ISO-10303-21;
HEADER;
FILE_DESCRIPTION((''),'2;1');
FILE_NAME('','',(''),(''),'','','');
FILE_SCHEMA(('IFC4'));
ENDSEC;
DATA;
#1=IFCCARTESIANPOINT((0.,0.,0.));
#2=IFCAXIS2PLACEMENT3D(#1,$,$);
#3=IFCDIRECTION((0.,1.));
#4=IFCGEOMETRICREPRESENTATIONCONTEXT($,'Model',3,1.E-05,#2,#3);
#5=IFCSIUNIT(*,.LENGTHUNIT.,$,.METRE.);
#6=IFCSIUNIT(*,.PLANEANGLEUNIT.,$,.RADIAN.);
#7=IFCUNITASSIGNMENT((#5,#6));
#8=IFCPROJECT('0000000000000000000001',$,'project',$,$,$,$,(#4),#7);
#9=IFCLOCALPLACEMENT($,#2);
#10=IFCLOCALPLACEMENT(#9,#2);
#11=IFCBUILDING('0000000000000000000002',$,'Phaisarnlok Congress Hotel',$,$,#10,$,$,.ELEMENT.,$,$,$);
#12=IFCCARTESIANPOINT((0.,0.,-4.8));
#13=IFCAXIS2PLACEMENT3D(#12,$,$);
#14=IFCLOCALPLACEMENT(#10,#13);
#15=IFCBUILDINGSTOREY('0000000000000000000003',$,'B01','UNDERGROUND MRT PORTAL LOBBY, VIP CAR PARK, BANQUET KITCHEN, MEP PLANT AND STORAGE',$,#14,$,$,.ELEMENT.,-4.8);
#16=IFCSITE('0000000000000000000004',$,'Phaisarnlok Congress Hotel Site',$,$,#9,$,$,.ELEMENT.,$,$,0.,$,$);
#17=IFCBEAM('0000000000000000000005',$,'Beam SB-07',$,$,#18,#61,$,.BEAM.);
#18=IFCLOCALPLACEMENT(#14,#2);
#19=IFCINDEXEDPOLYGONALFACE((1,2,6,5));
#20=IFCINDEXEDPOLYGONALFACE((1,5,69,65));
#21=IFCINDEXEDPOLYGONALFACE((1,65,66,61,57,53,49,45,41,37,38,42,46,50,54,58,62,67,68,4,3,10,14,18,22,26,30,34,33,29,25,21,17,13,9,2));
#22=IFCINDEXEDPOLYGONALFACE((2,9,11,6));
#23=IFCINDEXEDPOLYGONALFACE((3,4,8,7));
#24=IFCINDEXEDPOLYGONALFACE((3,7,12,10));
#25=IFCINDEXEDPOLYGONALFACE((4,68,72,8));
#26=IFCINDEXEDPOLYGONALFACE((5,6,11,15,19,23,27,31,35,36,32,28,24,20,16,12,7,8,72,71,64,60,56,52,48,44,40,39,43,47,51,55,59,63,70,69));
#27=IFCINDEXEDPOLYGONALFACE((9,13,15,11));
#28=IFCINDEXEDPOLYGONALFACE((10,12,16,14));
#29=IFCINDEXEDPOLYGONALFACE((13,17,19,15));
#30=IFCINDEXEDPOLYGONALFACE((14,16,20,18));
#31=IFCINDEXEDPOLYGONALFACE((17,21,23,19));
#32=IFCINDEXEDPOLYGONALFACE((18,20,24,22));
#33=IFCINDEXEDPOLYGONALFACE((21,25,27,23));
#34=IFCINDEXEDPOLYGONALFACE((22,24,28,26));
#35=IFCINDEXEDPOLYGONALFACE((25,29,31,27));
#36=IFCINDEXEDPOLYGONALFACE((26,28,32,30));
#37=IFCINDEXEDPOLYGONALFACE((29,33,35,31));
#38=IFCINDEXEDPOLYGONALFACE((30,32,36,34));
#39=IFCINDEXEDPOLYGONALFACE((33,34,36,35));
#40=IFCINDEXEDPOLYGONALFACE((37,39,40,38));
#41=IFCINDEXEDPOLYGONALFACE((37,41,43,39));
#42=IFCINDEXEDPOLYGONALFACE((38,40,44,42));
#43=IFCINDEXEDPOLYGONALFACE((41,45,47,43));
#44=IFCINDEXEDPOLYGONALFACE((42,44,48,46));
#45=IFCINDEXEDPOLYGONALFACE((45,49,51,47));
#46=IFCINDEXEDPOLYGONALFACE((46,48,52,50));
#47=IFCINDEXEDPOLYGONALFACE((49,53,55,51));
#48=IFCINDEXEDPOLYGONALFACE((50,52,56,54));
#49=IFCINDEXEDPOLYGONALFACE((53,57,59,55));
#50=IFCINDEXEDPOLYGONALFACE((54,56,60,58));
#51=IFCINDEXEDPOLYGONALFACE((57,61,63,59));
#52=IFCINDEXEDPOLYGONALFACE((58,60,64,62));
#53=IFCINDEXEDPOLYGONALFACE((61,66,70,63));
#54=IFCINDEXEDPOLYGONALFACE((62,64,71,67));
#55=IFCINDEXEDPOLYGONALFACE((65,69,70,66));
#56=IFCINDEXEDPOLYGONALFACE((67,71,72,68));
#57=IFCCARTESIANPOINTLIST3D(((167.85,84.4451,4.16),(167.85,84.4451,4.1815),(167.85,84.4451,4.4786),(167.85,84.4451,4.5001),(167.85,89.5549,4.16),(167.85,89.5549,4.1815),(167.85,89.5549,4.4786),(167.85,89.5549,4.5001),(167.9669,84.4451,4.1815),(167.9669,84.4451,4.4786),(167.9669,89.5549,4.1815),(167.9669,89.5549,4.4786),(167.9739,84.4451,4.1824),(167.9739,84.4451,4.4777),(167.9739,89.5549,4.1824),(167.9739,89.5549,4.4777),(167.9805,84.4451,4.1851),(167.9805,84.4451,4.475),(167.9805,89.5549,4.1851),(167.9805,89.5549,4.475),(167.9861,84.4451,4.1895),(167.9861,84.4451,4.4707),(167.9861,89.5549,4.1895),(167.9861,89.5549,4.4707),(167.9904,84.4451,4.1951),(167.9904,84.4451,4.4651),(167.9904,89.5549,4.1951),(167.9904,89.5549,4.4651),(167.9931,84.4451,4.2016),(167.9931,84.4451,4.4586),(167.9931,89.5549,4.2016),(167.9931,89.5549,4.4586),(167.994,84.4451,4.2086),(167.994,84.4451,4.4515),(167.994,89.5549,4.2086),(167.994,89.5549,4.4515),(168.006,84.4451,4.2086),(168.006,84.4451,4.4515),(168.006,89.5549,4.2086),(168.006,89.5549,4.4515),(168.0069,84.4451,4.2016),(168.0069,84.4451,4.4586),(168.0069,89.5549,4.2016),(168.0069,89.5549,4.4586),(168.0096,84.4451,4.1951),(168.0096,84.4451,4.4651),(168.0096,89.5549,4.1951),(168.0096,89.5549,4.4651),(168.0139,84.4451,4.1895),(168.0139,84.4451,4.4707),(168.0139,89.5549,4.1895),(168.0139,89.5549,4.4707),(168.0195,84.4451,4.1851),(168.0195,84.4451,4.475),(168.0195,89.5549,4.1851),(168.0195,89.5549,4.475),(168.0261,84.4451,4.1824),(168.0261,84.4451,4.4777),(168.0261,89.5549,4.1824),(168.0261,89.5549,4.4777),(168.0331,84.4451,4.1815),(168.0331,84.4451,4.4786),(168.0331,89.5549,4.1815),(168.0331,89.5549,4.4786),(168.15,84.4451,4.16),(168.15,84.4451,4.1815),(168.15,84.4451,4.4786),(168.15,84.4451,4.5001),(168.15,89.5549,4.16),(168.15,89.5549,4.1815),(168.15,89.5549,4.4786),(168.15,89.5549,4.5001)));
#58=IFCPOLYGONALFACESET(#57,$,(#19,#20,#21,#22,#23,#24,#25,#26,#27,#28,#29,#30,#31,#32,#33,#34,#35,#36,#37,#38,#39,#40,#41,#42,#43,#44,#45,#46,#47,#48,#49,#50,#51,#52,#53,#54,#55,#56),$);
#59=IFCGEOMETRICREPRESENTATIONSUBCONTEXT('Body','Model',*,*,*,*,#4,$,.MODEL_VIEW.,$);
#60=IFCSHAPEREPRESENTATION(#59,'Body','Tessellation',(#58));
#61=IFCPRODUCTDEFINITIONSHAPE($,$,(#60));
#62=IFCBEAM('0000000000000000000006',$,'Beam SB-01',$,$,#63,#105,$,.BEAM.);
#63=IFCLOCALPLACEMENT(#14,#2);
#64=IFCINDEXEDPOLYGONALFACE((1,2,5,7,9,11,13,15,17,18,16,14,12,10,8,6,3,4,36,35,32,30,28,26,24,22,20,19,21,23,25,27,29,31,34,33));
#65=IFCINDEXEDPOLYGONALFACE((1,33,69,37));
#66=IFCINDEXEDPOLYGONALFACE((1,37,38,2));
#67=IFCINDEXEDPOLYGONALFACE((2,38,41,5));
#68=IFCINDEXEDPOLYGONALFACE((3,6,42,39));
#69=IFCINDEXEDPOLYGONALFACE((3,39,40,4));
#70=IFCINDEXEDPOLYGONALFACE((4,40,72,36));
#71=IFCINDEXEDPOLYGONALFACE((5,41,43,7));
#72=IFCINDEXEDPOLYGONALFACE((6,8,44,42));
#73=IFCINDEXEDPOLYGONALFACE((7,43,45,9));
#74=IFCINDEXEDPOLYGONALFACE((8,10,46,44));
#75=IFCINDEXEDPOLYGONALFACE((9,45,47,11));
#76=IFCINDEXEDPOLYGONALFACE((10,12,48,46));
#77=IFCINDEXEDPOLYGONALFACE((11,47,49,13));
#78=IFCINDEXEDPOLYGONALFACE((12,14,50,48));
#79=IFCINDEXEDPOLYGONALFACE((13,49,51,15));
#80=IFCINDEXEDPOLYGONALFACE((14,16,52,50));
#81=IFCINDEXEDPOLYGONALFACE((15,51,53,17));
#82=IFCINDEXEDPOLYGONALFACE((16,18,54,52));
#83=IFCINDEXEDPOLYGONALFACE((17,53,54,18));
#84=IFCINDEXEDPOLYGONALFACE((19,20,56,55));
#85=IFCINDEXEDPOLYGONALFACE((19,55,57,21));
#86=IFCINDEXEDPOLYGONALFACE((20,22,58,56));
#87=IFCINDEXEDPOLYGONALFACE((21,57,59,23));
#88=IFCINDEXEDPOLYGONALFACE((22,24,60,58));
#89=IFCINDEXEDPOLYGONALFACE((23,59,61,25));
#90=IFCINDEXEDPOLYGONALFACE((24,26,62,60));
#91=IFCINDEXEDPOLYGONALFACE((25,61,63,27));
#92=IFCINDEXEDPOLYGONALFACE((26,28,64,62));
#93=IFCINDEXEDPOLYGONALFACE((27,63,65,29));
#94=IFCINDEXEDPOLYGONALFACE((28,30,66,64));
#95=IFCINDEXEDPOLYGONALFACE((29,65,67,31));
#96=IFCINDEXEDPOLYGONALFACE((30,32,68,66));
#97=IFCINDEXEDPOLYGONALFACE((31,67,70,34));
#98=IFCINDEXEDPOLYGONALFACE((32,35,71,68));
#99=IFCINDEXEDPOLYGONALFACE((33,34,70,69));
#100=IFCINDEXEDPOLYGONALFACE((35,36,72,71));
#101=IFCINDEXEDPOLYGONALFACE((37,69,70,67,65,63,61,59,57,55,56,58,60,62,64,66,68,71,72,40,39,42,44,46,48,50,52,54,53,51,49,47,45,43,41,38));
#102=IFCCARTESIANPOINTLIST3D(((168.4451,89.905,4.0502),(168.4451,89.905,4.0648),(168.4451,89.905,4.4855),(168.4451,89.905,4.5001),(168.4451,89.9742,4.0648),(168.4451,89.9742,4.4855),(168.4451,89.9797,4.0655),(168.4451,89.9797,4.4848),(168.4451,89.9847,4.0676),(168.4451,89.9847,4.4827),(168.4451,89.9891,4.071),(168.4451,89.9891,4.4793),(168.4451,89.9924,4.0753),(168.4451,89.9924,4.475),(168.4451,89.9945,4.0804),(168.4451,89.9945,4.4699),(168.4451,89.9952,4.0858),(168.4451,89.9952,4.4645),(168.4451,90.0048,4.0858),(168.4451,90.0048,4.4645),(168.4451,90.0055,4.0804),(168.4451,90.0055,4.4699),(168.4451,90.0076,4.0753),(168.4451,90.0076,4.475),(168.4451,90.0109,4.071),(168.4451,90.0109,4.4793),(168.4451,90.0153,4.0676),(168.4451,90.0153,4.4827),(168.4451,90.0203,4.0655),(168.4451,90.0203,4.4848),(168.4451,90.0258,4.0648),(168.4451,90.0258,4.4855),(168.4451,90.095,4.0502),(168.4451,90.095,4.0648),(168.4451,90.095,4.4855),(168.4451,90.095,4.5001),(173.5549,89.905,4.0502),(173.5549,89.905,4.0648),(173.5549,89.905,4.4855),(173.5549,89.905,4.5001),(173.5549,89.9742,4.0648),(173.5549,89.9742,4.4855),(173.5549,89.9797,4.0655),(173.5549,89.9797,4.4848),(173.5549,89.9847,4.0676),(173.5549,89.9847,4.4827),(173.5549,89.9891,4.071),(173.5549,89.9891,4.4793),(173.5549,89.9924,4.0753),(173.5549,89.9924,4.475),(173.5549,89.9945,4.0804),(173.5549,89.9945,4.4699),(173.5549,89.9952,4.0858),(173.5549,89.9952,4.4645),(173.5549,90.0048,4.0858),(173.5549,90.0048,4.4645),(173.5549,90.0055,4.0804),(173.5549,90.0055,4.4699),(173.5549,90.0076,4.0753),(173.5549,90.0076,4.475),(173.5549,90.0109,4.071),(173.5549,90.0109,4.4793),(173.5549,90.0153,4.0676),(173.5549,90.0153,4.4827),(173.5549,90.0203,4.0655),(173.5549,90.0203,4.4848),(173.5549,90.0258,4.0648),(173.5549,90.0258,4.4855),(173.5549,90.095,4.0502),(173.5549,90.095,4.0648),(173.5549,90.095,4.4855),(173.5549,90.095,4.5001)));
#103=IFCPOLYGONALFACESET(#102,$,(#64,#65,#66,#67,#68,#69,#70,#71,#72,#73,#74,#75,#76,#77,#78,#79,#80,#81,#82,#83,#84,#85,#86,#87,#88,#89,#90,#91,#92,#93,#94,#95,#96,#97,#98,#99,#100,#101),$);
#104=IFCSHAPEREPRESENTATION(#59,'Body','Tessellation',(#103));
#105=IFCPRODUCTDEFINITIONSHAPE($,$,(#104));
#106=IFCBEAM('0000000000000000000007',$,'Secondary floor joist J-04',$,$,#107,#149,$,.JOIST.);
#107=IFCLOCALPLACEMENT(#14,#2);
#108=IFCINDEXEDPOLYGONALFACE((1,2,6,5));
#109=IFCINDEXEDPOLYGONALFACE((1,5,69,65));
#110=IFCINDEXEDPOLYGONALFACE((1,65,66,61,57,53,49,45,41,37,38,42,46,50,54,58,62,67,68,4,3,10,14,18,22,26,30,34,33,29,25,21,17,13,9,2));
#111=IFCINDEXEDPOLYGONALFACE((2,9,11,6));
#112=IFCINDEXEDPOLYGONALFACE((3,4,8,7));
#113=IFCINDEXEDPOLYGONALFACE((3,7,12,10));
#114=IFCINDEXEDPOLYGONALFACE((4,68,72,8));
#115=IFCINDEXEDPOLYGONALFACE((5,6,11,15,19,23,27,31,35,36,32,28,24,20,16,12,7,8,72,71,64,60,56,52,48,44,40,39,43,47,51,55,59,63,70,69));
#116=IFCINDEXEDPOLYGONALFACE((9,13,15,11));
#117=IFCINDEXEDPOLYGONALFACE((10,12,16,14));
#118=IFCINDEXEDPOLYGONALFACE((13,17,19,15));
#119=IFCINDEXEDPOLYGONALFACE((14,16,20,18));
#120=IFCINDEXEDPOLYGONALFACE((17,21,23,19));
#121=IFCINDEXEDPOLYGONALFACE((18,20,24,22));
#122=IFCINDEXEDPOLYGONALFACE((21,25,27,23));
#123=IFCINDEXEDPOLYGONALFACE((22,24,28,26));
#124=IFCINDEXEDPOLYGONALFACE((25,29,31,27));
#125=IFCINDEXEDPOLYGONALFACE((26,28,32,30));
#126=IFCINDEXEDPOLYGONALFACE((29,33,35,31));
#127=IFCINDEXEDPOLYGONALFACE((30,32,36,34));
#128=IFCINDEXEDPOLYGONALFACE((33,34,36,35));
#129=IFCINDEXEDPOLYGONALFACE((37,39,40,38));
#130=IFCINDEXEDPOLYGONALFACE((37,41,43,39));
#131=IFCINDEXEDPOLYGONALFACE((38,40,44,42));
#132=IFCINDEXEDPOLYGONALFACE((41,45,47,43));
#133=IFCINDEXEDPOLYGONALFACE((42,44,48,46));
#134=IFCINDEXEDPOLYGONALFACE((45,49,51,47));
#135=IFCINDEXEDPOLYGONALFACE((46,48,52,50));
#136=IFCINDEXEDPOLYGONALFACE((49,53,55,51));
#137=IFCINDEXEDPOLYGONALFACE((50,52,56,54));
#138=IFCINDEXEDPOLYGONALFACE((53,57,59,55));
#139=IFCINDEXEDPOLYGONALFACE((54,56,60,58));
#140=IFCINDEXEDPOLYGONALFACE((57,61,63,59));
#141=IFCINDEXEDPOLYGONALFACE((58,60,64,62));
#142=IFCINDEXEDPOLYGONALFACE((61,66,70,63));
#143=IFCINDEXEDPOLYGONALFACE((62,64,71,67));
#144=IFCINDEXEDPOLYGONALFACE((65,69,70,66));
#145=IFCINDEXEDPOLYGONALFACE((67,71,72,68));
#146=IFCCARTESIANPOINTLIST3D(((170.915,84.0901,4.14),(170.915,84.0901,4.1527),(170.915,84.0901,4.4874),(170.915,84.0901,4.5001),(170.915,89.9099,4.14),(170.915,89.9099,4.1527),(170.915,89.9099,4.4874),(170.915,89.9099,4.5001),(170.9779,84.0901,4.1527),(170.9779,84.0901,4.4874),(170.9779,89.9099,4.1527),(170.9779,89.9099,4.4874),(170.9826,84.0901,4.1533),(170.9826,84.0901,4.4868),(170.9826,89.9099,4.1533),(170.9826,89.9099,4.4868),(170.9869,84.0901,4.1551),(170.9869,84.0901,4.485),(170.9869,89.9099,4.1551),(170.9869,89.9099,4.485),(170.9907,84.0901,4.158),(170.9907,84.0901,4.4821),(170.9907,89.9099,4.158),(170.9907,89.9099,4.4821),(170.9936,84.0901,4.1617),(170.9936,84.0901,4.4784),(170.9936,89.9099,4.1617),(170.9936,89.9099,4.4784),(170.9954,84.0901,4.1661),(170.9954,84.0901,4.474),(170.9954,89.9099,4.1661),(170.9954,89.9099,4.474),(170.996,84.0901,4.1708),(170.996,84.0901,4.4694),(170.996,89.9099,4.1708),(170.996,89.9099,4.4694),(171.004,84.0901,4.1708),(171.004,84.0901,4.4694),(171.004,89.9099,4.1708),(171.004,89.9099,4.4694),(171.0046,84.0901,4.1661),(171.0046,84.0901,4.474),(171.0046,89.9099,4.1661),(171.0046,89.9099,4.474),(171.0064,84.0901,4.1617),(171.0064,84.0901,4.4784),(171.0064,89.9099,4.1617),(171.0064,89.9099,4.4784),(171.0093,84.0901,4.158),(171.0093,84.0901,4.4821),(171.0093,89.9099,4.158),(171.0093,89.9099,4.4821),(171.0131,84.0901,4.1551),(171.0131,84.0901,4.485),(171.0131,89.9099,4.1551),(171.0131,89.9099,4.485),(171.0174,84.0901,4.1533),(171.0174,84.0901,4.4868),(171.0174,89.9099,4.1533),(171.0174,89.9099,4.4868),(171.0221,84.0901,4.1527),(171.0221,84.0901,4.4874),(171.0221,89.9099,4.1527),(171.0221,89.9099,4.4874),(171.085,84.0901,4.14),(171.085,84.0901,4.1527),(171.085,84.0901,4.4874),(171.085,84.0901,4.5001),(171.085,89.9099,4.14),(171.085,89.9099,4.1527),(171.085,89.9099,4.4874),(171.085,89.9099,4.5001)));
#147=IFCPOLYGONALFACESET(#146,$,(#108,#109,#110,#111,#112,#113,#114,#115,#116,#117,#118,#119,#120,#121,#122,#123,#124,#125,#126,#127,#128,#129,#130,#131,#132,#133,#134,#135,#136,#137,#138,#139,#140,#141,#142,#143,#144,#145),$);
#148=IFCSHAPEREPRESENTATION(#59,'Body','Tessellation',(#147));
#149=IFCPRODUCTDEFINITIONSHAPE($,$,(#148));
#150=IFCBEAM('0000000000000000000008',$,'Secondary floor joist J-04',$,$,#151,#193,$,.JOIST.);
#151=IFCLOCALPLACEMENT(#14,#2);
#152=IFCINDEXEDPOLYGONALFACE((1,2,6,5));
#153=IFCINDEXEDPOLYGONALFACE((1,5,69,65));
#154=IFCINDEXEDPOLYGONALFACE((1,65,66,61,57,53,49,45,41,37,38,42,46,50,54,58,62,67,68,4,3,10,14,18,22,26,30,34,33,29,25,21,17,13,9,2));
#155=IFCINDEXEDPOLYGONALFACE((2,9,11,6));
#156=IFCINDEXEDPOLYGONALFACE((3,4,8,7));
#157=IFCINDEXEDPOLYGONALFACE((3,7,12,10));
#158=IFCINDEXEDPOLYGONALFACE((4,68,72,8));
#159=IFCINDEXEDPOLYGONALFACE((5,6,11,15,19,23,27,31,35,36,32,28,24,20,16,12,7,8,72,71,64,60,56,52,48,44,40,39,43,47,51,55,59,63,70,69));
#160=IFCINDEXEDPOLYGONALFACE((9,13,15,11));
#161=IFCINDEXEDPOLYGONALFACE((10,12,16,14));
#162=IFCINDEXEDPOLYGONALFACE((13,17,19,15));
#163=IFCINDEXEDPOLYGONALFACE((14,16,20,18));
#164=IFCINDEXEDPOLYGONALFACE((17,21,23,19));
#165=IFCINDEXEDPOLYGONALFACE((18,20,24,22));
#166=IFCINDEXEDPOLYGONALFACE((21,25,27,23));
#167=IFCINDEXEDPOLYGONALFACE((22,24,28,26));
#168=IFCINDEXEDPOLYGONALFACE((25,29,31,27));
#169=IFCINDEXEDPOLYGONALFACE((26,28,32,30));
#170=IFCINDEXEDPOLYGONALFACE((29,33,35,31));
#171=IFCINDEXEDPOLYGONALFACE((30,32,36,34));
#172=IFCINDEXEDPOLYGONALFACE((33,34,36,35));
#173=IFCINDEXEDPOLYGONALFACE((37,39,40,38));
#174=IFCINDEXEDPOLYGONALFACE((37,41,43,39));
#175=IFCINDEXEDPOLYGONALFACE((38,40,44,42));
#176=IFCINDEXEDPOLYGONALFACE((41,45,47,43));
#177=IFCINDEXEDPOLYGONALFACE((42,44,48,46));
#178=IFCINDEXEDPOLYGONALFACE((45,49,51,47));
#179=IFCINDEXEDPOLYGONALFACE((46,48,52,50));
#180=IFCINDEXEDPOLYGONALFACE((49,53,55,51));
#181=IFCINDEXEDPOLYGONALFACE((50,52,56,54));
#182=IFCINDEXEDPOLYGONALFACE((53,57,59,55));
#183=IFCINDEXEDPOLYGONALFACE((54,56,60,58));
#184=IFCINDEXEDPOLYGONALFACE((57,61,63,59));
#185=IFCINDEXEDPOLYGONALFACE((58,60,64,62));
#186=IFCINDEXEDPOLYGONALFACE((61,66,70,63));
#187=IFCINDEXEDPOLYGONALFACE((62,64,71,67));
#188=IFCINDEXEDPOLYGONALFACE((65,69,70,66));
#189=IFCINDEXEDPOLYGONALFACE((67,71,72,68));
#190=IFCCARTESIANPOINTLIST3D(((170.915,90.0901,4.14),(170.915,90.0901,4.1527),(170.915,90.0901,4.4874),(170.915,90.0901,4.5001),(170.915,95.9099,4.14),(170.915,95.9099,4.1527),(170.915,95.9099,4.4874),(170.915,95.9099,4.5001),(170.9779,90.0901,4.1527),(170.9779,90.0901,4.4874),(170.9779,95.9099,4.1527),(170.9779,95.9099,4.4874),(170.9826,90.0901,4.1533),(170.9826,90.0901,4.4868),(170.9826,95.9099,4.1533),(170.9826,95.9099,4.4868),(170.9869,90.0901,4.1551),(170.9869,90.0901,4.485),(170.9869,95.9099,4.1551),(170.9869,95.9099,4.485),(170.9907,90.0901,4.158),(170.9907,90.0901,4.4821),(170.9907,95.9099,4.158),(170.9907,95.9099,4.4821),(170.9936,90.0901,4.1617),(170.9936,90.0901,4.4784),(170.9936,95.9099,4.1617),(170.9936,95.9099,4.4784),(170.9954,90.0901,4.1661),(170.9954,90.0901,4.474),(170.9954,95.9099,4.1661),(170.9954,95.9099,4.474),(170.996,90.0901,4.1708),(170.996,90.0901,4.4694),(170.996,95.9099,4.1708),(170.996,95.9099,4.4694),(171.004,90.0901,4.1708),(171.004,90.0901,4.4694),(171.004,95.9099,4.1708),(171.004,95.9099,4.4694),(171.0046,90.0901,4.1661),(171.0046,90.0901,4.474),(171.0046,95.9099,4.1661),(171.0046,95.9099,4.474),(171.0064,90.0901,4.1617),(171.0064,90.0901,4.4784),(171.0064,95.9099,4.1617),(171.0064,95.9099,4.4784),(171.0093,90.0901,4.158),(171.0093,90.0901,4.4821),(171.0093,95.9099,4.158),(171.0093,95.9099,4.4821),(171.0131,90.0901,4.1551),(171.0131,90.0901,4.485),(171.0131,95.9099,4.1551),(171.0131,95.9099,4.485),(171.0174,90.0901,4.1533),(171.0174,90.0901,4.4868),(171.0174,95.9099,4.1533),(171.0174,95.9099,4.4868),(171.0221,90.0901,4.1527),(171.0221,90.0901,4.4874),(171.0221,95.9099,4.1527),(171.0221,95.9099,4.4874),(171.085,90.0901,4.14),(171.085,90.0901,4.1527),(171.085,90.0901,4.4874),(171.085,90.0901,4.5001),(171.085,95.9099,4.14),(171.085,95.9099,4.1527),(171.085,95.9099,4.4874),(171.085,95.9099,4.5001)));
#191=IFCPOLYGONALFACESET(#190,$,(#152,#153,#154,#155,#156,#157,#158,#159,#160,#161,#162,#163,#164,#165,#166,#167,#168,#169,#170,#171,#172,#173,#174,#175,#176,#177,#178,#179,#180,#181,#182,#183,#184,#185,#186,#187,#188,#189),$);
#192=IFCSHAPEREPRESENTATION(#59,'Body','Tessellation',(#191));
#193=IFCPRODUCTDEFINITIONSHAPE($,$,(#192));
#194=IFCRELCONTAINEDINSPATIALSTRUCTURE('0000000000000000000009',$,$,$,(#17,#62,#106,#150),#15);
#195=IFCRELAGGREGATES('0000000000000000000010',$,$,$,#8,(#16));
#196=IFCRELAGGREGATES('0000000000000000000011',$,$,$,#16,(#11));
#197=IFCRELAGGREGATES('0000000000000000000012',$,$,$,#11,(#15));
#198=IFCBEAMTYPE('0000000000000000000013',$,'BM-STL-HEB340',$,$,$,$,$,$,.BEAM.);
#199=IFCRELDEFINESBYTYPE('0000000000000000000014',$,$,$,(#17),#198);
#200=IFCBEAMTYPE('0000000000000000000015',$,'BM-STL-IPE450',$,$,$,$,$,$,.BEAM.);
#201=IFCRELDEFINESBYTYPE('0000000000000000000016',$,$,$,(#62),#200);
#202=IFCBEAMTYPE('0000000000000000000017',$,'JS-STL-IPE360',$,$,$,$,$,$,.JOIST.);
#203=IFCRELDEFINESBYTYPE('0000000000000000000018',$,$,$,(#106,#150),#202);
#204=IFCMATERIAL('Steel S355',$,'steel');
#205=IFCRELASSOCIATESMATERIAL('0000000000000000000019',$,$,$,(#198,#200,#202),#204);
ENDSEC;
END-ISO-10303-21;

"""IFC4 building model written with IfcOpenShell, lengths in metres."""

from ifc_helpers import new_model, si_unit, direction, frame, origin, origin_2d, place, context, subcontext, project, spatial, i_section, extrude, material, material_profile, profile_set, type_object, element, save


model = new_model("IFC4")

# Units and contexts
model_context = context("Model", 3, precision=1e-05, world=origin(), true_north=direction((0.0, 1.0)))
body_context = subcontext(model_context, "Body", "Model", "MODEL_VIEW")
ifc_project = project(units=[si_unit("LENGTHUNIT", "METRE"), si_unit("PLANEANGLEUNIT", "RADIAN")], contexts=[model_context])

# Site, building, storey
site_placement = place(None, origin())
site = spatial("IfcSite", under=ifc_project, at=site_placement, Name="Phaisarnlok Congress Hotel Site", CompositionType="ELEMENT", RefElevation=0.0)
building_placement = place(site_placement, origin())
building = spatial("IfcBuilding", under=site, at=building_placement, Name="Phaisarnlok Congress Hotel", CompositionType="ELEMENT")
storey_placement = place(building_placement, frame((0.0, 0.0, -4.8)))
storey = spatial("IfcBuildingStorey", under=building, at=storey_placement, Name="B01", Description="UNDERGROUND MRT PORTAL LOBBY, VIP CAR PARK, BANQUET KITCHEN, MEP PLANT AND STORAGE", CompositionType="ELEMENT", Elevation=-4.8)

# Beams
ifc_material_1 = material(Name="Steel S355", Category="steel")
ifc_material_profile_1 = material_profile(ifc_material_1, i_section(OverallWidth=0.3, OverallDepth=0.3401, WebThickness=0.012, FlangeThickness=0.0215, FilletRadius=0.0271, at=origin_2d()), Name="HEB 340")
ifc_profile_set_1 = profile_set([ifc_material_profile_1], Name="Steel S355")
beam_type_1 = type_object("IfcBeamType", Name="BM-STL-HEB340", PredefinedType="BEAM", material=ifc_profile_set_1)
beam_1_placement = place(storey_placement, frame((168.0, 84.4451, 4.3301), z_axis=(0.0, 1.0, 0.0), x_axis=(-1.0, 0.0, 0.0)))
element("IfcBeam", 1, at=beam_1_placement, inside=storey, type_object=beam_type_1, Name="Beam SB-07", PredefinedType="BEAM", context=body_context, shape_type="SweptSolid", body=[
    extrude(i_section(OverallWidth=0.3, OverallDepth=0.3401, WebThickness=0.012, FlangeThickness=0.0215, FilletRadius=0.0271, at=origin_2d()), origin(), (0.0, 0.0, 1.0), 5.1099),
])
ifc_material_profile_2 = material_profile(ifc_material_1, i_section(OverallWidth=0.1899, OverallDepth=0.45, WebThickness=0.0095, FlangeThickness=0.0146, FilletRadius=0.021, at=origin_2d()), Name="IPE 450")
ifc_profile_set_2 = profile_set([ifc_material_profile_2], Name="Steel S355")
beam_type_2 = type_object("IfcBeamType", Name="BM-STL-IPE450", PredefinedType="BEAM", material=ifc_profile_set_2)
beam_2_placement = place(storey_placement, frame((168.4451, 90.0, 4.2751), z_axis=(1.0, 0.0, 0.0), x_axis=(0.0, 1.0, 0.0)))
element("IfcBeam", 2, at=beam_2_placement, inside=storey, type_object=beam_type_2, Name="Beam SB-01", PredefinedType="BEAM", context=body_context, shape_type="SweptSolid", body=[
    extrude(i_section(OverallWidth=0.1899, OverallDepth=0.45, WebThickness=0.0095, FlangeThickness=0.0146, FilletRadius=0.021, at=origin_2d()), origin(), (0.0, 0.0, 1.0), 5.1099),
])
ifc_material_profile_3 = material_profile(ifc_material_1, i_section(OverallWidth=0.1699, OverallDepth=0.3601, WebThickness=0.0081, FlangeThickness=0.0127, FilletRadius=0.0181, at=origin_2d()), Name="IPE 360")
ifc_profile_set_3 = profile_set([ifc_material_profile_3], Name="Steel S355")
beam_type_3 = type_object("IfcBeamType", Name="JS-STL-IPE360", PredefinedType="JOIST", material=ifc_profile_set_3)
for number, where, z_axis, x_axis, name in (
    (3, (171.0, 84.0901, 4.3201), (0.0, 1.0, 0.0), (-1.0, 0.0, 0.0), "Secondary floor joist J-04"),
    (4, (171.0, 90.0901, 4.3201), (0.0, 1.0, 0.0), (-1.0, 0.0, 0.0), "Secondary floor joist J-04"),
):
    element("IfcBeam", number, at=place(storey_placement, frame(where, z_axis=z_axis, x_axis=x_axis)), inside=storey, type_object=beam_type_3, Name=name, PredefinedType="JOIST", context=body_context, shape_type="SweptSolid", body=[
        extrude(i_section(OverallWidth=0.1699, OverallDepth=0.3601, WebThickness=0.0081, FlangeThickness=0.0127, FilletRadius=0.0181, at=origin_2d()), origin(), (0.0, 0.0, 1.0), 5.8198),
    ])

save(model, "model.ifc")
